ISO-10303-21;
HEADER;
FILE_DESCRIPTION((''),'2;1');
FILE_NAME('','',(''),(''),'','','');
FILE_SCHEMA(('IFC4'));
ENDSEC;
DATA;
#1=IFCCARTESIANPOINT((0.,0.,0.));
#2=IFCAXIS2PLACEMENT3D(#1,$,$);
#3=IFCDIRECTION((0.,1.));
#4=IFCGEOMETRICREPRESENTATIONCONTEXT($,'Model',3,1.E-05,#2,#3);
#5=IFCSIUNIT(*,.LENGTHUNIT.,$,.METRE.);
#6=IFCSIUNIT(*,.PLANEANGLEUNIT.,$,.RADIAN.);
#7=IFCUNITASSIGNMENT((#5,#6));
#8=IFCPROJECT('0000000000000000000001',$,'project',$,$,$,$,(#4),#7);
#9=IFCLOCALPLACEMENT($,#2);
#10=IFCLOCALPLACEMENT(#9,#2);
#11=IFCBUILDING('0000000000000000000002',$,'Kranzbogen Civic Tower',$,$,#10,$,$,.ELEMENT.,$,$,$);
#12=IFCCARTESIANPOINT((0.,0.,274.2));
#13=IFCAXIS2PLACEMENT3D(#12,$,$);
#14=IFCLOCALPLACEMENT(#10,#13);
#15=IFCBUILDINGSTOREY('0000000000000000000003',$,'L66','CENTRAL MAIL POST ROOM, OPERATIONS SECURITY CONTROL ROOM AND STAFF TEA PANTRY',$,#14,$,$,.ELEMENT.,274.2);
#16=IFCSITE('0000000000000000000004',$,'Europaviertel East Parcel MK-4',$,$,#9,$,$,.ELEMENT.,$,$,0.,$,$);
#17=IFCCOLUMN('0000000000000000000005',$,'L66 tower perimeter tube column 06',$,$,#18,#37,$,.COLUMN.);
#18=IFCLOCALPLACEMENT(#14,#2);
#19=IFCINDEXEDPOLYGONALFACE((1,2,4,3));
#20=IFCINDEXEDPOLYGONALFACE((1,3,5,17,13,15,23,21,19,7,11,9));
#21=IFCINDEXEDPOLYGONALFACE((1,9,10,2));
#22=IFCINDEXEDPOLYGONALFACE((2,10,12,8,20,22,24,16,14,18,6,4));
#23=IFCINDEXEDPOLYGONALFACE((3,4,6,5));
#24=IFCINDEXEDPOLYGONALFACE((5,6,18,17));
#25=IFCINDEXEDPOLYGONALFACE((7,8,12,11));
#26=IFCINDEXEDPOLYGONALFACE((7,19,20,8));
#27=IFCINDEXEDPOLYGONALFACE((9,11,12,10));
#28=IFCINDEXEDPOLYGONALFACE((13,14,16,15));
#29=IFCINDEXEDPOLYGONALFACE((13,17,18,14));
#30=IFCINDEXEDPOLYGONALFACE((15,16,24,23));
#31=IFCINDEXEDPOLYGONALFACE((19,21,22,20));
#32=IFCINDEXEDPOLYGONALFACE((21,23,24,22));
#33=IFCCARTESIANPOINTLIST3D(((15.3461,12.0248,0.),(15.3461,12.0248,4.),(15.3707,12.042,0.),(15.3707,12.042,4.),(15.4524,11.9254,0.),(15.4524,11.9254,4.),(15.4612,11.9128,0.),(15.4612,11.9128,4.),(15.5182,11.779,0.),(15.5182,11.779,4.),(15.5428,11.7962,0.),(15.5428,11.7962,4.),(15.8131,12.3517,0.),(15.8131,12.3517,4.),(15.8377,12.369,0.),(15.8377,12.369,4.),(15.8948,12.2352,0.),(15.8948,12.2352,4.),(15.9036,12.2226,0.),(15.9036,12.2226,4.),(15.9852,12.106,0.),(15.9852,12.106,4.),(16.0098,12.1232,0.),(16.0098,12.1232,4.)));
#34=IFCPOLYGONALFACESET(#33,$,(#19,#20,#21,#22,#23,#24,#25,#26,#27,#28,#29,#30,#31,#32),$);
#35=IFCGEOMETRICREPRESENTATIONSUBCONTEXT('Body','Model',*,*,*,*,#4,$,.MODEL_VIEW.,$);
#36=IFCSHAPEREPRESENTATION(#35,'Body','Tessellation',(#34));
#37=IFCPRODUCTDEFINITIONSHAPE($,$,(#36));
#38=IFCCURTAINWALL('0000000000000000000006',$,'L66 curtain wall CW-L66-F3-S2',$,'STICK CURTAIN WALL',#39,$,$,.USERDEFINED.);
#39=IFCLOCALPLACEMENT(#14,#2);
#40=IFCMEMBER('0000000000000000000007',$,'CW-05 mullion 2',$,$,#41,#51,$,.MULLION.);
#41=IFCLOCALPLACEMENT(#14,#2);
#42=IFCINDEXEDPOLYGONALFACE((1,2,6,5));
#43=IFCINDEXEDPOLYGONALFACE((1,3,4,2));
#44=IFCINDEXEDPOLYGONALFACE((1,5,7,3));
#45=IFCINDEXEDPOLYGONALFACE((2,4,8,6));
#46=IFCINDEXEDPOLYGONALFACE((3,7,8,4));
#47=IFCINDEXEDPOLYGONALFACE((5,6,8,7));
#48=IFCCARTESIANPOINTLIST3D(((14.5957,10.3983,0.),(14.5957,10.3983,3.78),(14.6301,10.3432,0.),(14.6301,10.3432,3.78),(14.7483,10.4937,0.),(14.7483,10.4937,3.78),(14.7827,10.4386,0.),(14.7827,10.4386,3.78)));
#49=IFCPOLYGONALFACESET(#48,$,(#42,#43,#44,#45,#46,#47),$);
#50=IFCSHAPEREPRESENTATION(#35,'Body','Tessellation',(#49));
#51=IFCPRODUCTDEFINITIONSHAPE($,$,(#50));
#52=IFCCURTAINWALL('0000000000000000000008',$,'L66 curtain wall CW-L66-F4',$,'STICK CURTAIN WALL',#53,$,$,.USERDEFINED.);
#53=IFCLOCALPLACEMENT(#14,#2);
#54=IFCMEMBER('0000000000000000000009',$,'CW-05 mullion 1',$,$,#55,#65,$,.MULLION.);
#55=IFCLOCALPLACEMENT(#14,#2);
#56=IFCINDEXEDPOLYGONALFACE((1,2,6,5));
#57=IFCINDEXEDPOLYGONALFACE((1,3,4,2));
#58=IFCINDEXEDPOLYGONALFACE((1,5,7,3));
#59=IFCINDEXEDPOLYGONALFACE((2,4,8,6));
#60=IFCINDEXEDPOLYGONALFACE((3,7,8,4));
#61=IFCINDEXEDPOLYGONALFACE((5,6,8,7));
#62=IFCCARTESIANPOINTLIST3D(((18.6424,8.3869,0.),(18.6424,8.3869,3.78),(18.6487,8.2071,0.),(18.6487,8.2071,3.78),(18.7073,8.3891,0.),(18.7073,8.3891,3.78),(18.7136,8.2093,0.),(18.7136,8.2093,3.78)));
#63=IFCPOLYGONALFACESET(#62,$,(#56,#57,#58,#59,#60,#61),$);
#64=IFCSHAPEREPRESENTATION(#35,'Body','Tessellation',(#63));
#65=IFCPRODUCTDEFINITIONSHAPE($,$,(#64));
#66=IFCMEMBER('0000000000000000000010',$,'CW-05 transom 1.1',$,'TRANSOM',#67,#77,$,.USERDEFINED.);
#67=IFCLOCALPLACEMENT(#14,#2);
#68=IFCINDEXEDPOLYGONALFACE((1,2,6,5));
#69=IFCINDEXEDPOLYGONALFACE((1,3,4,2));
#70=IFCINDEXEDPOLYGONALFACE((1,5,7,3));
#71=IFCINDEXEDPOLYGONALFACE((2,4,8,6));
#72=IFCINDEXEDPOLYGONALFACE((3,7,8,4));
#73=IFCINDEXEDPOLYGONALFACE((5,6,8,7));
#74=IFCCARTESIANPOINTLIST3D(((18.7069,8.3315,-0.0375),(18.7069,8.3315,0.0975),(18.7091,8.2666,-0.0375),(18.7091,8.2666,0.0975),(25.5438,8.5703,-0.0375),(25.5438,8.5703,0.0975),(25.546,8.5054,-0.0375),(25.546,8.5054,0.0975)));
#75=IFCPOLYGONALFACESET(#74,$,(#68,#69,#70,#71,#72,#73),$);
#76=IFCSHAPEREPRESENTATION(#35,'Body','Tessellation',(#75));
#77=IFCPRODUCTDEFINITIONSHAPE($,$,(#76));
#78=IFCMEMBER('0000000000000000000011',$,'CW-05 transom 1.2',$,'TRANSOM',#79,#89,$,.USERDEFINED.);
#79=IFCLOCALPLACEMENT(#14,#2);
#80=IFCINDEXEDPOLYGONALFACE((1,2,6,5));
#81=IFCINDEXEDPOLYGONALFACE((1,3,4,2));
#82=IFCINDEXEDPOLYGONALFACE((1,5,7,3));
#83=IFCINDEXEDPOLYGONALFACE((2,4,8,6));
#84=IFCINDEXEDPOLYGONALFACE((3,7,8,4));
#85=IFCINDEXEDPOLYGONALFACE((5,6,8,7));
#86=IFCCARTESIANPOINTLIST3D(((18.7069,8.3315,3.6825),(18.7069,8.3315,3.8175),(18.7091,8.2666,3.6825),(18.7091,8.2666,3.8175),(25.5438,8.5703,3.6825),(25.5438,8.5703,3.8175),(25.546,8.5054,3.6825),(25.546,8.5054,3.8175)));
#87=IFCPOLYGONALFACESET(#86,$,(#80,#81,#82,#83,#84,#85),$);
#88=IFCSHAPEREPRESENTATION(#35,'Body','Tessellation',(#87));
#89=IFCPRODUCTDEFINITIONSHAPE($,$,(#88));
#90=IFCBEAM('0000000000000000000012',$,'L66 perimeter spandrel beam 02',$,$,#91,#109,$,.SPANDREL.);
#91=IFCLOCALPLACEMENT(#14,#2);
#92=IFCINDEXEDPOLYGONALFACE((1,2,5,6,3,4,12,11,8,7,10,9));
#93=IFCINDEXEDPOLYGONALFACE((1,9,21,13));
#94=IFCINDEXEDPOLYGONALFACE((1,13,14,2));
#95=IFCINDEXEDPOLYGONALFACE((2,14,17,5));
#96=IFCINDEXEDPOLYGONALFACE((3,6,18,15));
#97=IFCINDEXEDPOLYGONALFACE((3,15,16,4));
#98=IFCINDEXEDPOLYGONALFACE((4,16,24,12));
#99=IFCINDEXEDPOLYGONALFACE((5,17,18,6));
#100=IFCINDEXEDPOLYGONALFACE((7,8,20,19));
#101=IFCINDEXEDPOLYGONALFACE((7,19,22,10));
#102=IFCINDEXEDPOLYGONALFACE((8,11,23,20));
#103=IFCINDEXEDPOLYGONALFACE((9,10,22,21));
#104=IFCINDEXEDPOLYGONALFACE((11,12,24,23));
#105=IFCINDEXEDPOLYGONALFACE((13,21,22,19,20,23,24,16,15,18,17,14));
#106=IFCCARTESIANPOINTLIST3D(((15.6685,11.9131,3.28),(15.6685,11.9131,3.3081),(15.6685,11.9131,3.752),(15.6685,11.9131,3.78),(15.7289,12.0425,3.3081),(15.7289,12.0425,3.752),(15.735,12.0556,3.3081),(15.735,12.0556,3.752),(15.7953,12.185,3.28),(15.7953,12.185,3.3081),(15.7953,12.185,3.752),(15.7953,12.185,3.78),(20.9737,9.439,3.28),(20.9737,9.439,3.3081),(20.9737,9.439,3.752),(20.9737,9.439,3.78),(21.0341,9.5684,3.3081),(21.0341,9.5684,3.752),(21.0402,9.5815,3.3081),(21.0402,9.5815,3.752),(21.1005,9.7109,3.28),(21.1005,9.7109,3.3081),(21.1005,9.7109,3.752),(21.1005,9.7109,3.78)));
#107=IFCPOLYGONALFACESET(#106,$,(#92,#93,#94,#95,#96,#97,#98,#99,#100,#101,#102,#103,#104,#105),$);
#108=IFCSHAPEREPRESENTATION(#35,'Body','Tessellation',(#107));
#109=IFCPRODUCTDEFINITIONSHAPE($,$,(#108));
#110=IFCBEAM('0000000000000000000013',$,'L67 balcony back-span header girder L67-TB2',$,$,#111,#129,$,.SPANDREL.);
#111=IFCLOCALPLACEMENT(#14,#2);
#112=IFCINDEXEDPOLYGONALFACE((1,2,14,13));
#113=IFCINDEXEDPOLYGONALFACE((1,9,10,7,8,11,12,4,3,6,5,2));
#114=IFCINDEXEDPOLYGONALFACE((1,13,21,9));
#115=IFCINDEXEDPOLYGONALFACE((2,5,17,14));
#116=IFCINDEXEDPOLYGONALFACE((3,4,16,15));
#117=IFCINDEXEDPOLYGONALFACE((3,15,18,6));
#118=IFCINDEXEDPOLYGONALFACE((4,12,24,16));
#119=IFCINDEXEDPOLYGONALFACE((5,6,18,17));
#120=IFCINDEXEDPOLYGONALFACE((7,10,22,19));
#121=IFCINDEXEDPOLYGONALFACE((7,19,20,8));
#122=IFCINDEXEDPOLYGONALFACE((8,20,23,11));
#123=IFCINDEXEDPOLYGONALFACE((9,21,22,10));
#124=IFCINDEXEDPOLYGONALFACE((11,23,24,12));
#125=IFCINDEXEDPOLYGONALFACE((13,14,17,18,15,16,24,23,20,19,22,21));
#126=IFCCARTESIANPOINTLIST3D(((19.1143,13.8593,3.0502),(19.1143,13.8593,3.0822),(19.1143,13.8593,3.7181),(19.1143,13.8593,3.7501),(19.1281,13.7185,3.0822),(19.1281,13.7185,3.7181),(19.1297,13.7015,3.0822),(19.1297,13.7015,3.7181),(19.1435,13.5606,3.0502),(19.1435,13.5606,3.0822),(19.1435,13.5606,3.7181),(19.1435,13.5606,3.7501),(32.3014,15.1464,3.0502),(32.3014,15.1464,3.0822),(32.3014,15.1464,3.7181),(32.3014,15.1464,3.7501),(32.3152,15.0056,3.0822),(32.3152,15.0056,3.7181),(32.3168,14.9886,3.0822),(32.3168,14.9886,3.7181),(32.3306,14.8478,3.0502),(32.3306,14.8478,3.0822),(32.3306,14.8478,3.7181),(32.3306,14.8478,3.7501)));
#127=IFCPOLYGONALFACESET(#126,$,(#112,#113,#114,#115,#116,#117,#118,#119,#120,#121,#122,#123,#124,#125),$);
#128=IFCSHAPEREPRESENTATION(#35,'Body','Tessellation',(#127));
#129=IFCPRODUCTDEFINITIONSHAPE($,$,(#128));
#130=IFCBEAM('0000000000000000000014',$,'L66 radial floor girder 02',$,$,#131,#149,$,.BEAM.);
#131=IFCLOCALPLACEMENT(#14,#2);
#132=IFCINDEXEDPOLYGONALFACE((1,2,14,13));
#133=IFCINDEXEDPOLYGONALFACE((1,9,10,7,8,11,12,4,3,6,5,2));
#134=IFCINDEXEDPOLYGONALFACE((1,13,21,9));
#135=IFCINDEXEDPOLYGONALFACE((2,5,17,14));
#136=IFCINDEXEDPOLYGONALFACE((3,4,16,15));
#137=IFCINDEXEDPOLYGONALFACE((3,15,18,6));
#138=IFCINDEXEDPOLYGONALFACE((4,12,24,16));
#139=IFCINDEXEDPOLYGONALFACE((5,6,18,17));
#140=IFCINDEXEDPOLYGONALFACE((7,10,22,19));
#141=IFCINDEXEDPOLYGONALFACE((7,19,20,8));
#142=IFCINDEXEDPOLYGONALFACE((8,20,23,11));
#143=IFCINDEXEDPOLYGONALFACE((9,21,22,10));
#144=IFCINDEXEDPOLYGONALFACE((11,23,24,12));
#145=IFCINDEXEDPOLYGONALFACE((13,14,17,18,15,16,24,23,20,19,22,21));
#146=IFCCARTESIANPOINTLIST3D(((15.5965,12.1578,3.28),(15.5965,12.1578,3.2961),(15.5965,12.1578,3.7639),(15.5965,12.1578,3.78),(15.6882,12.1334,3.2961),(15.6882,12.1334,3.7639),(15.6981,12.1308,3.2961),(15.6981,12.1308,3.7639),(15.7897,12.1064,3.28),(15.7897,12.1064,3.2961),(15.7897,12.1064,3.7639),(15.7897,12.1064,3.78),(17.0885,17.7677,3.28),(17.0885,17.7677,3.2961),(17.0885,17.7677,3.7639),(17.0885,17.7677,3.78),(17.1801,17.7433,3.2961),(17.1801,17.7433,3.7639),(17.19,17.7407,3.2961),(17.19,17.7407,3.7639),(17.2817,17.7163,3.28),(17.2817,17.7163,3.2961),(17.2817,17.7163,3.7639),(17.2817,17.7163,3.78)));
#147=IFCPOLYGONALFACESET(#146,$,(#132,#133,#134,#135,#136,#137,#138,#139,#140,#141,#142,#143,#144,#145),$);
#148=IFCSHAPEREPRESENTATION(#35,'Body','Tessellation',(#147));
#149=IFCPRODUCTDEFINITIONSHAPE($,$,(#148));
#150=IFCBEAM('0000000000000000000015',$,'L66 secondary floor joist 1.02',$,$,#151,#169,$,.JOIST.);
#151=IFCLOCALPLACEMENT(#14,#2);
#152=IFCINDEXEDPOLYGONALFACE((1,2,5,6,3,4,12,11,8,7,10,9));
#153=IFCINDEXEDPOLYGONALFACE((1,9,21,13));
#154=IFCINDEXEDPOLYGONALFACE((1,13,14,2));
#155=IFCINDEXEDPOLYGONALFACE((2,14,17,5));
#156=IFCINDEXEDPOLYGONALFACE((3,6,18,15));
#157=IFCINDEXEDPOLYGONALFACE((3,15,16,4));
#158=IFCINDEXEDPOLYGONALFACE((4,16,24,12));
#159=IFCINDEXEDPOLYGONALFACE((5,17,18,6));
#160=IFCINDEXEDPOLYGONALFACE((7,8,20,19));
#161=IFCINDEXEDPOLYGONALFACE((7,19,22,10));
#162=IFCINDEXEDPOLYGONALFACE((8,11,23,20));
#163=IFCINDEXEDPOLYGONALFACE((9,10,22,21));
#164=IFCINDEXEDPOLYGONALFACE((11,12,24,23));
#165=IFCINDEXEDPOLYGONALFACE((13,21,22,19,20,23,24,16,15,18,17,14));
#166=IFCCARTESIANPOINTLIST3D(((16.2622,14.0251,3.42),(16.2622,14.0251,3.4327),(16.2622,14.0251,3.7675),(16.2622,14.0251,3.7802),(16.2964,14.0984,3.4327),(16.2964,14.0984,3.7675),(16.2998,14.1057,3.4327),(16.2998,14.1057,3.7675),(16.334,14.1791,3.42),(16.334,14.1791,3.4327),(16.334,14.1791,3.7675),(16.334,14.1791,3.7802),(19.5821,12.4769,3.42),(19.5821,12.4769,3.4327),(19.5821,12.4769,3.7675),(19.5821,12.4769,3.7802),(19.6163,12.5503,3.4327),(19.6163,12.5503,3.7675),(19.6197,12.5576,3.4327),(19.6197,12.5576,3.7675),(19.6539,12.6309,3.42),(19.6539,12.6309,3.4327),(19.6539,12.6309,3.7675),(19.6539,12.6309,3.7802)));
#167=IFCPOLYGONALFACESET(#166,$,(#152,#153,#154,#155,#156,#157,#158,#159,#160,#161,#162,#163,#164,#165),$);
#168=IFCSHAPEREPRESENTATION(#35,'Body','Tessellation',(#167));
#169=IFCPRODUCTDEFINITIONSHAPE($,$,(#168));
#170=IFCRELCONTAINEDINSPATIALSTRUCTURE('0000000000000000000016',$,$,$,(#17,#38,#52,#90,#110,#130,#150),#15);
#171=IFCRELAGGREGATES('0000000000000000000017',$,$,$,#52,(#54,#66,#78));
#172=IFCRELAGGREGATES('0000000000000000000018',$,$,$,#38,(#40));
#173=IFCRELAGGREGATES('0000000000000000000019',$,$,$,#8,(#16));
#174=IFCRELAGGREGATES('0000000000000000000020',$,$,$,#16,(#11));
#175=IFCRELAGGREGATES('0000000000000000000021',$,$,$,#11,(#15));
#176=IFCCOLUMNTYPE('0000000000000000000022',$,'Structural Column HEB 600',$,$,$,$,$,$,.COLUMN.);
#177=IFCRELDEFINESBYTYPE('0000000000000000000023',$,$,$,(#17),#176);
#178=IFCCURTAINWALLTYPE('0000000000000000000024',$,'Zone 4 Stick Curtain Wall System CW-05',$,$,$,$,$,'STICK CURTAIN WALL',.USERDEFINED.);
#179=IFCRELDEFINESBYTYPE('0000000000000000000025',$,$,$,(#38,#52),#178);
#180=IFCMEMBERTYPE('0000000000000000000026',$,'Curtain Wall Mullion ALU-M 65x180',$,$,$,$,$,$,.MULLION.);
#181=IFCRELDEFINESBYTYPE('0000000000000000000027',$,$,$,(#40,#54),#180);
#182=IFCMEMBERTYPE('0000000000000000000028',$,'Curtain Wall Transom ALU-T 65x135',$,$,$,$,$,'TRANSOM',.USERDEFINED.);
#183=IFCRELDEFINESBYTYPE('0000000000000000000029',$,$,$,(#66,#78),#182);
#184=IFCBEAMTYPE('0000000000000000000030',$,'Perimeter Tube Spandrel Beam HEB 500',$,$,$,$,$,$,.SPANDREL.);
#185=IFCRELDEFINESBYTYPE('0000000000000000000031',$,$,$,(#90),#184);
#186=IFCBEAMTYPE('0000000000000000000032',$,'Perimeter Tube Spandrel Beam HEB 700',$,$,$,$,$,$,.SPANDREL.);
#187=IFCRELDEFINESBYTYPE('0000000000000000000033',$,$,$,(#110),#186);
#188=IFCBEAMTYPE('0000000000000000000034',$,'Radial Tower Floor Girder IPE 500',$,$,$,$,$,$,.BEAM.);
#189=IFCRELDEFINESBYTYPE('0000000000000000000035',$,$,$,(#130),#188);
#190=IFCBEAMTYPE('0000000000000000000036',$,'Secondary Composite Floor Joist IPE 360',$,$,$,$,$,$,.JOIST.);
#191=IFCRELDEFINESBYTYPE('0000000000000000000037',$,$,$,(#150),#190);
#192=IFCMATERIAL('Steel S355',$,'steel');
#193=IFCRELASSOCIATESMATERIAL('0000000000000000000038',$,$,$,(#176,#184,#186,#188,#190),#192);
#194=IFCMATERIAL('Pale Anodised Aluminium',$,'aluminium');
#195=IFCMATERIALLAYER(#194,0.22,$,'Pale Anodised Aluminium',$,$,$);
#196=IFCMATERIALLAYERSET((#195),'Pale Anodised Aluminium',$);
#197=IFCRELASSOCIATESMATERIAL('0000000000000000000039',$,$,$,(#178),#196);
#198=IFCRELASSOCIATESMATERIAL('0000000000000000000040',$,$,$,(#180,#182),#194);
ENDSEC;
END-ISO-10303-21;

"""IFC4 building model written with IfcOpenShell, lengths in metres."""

from ifc_helpers import new_model, si_unit, direction, frame, origin, origin_2d, place, context, subcontext, project, spatial, rectangle, i_section, extrude, material, layer, layer_set, material_profile, profile_set, type_object, element, aggregate, save


model = new_model("IFC4")

# Units and contexts
model_context = context("Model", 3, precision=1e-05, world=origin(), true_north=direction((0.0, 1.0)))
body_context = subcontext(model_context, "Body", "Model", "MODEL_VIEW")
ifc_project = project(units=[si_unit("LENGTHUNIT", "METRE"), si_unit("PLANEANGLEUNIT", "RADIAN")], contexts=[model_context])

# Site, building, storey
site_placement = place(None, origin())
site = spatial("IfcSite", under=ifc_project, at=site_placement, Name="Europaviertel East Parcel MK-4", CompositionType="ELEMENT", RefElevation=0.0)
building_placement = place(site_placement, origin())
building = spatial("IfcBuilding", under=site, at=building_placement, Name="Kranzbogen Civic Tower", CompositionType="ELEMENT")
storey_placement = place(building_placement, frame((0.0, 0.0, 274.2)))
storey = spatial("IfcBuildingStorey", under=building, at=storey_placement, Name="L66", Description="CENTRAL MAIL POST ROOM, OPERATIONS SECURITY CONTROL ROOM AND STAFF TEA PANTRY", CompositionType="ELEMENT", Elevation=274.2)

# Column
ifc_material_1 = material(Name="Steel S355", Category="steel")
ifc_material_profile_1 = material_profile(ifc_material_1, i_section(OverallWidth=0.3, OverallDepth=0.6001, WebThickness=0.0154, FlangeThickness=0.03, at=origin_2d()), Name="HEB 600")
ifc_profile_set_1 = profile_set([ifc_material_profile_1], Name="Steel S355")
column_type = type_object("IfcColumnType", Name="Structural Column HEB 600", PredefinedType="COLUMN", material=ifc_profile_set_1)
column_placement = place(storey_placement, frame((15.678, 12.074, 0.0), z_axis=(0.0, 0.0, 1.0), x_axis=(-0.573576, 0.819152, 0.0)))
element("IfcColumn", 1, at=column_placement, inside=storey, type_object=column_type, Name="L66 tower perimeter tube column 06", PredefinedType="COLUMN", context=body_context, shape_type="SweptSolid", body=[
    extrude(i_section(OverallWidth=0.3, OverallDepth=0.6001, WebThickness=0.0154, FlangeThickness=0.03, at=origin_2d()), origin(), (0.0, 0.0, 1.0), 4.0),
])

# Curtain wall, member
ifc_material_2 = material(Name="Pale Anodised Aluminium", Category="aluminium")
ifc_layer_1 = layer(ifc_material_2, 0.22, Name="Pale Anodised Aluminium")
ifc_layer_set_1 = layer_set([ifc_layer_1], Name="Pale Anodised Aluminium")
curtain_wall_type = type_object("IfcCurtainWallType", Name="Zone 4 Stick Curtain Wall System CW-05", ElementType="STICK CURTAIN WALL", PredefinedType="USERDEFINED", material=ifc_layer_set_1)
curtain_wall_1_placement = place(storey_placement, origin())
curtain_wall_1 = element("IfcCurtainWall", 2, at=curtain_wall_1_placement, inside=storey, type_object=curtain_wall_type, Name="L66 curtain wall CW-L66-F3-S2", ObjectType="STICK CURTAIN WALL", PredefinedType="USERDEFINED")
ifc_material_profile_2 = material_profile(ifc_material_2, rectangle(XDim=0.0649, YDim=0.1799, at=origin_2d()), Name="ALU-M 65x180")
ifc_profile_set_2 = profile_set([ifc_material_profile_2], Name="Pale Anodised Aluminium")
member_type_1 = type_object("IfcMemberType", Name="Curtain Wall Mullion ALU-M 65x180", PredefinedType="MULLION", material=ifc_profile_set_2)
member_1_placement = place(storey_placement, frame((14.6892, 10.4185, 0.0), z_axis=(0.0, 0.0, 1.0), x_axis=(0.529983, -0.848008, 0.0)))
member_1 = element("IfcMember", 3, at=member_1_placement, type_object=member_type_1, Name="CW-05 mullion 2", PredefinedType="MULLION", context=body_context, shape_type="SweptSolid", body=[
    extrude(rectangle(XDim=0.0649, YDim=0.1799, at=origin_2d()), origin(), (0.0, 0.0, 1.0), 3.78),
])

# Curtain wall, members
curtain_wall_2_placement = place(storey_placement, origin())
curtain_wall_2 = element("IfcCurtainWall", 4, at=curtain_wall_2_placement, inside=storey, type_object=curtain_wall_type, Name="L66 curtain wall CW-L66-F4", ObjectType="STICK CURTAIN WALL", PredefinedType="USERDEFINED")
member_2_placement = place(storey_placement, frame((18.678, 8.2981, 0.0), z_axis=(0.0, 0.0, 1.0), x_axis=(0.99939, 0.034914, 0.0)))
member_2 = element("IfcMember", 5, at=member_2_placement, type_object=member_type_1, Name="CW-05 mullion 1", PredefinedType="MULLION", context=body_context, shape_type="SweptSolid", body=[
    extrude(rectangle(XDim=0.0649, YDim=0.1799, at=origin_2d()), origin(), (0.0, 0.0, 1.0), 3.78),
])
ifc_material_profile_3 = material_profile(ifc_material_2, rectangle(XDim=0.0649, YDim=0.135, at=origin_2d()), Name="ALU-T 65x135")
ifc_profile_set_3 = profile_set([ifc_material_profile_3], Name="Pale Anodised Aluminium")
member_type_2 = type_object("IfcMemberType", Name="Curtain Wall Transom ALU-T 65x135", ElementType="TRANSOM", PredefinedType="USERDEFINED", material=ifc_profile_set_3)
member_3_placement = place(storey_placement, frame((18.708, 8.2991, 0.03), z_axis=(0.999391, 0.034902, 0.0), x_axis=(-0.034902, 0.999391, 0.0)))
member_3 = element("IfcMember", 6, at=member_3_placement, type_object=member_type_2, Name="CW-05 transom 1.1", ObjectType="TRANSOM", PredefinedType="USERDEFINED", context=body_context, shape_type="SweptSolid", body=[
    extrude(rectangle(XDim=0.0649, YDim=0.135, at=origin_2d()), origin(), (0.0, 0.0, 1.0), 6.8411),
])
member_4_placement = place(storey_placement, frame((18.708, 8.2991, 3.75), z_axis=(0.999391, 0.034902, 0.0), x_axis=(-0.034902, 0.999391, 0.0)))
member_4 = element("IfcMember", 7, at=member_4_placement, type_object=member_type_2, Name="CW-05 transom 1.2", ObjectType="TRANSOM", PredefinedType="USERDEFINED", context=body_context, shape_type="SweptSolid", body=[
    extrude(rectangle(XDim=0.0649, YDim=0.135, at=origin_2d()), origin(), (0.0, 0.0, 1.0), 6.8411),
])
aggregate(curtain_wall_2, [member_2, member_3, member_4])

# Beams
ifc_material_profile_4 = material_profile(ifc_material_1, i_section(OverallWidth=0.3, OverallDepth=0.5, WebThickness=0.0144, FlangeThickness=0.0281, at=origin_2d()), Name="HEB 500")
ifc_profile_set_4 = profile_set([ifc_material_profile_4], Name="Steel S355")
beam_type_1 = type_object("IfcBeamType", Name="Perimeter Tube Spandrel Beam HEB 500", PredefinedType="SPANDREL", material=ifc_profile_set_4)
beam_1_placement = place(storey_placement, frame((15.7319, 12.0491, 3.53), z_axis=(0.90629, -0.422657, 0.0), x_axis=(0.422657, 0.90629, 0.0)))
element("IfcBeam", 8, at=beam_1_placement, inside=storey, type_object=beam_type_1, Name="L66 perimeter spandrel beam 02", PredefinedType="SPANDREL", context=body_context, shape_type="SweptSolid", body=[
    extrude(i_section(OverallWidth=0.3, OverallDepth=0.5, WebThickness=0.0144, FlangeThickness=0.0281, at=origin_2d()), origin(), (0.0, 0.0, 1.0), 5.8538),
])
ifc_material_profile_5 = material_profile(ifc_material_1, i_section(OverallWidth=0.3, OverallDepth=0.7, WebThickness=0.0171, FlangeThickness=0.032, at=origin_2d()), Name="HEB 700")
ifc_profile_set_5 = profile_set([ifc_material_profile_5], Name="Steel S355")
beam_type_2 = type_object("IfcBeamType", Name="Perimeter Tube Spandrel Beam HEB 700", PredefinedType="SPANDREL", material=ifc_profile_set_5)
beam_2_placement = place(storey_placement, frame((19.1289, 13.71, 3.4001), z_axis=(0.99527, 0.097143, 0.0), x_axis=(-0.097143, 0.99527, 0.0)))
element("IfcBeam", 9, at=beam_2_placement, inside=storey, type_object=beam_type_2, Name="L67 balcony back-span header girder L67-TB2", PredefinedType="SPANDREL", context=body_context, shape_type="SweptSolid", body=[
    extrude(i_section(OverallWidth=0.3, OverallDepth=0.7, WebThickness=0.0171, FlangeThickness=0.032, at=origin_2d()), origin(), (0.0, 0.0, 1.0), 13.2498),
])
ifc_material_profile_6 = material_profile(ifc_material_1, i_section(OverallWidth=0.2, OverallDepth=0.5, WebThickness=0.0103, FlangeThickness=0.0161, at=origin_2d()), Name="IPE 500")
ifc_profile_set_6 = profile_set([ifc_material_profile_6], Name="Steel S355")
beam_type_3 = type_object("IfcBeamType", Name="Radial Tower Floor Girder IPE 500", PredefinedType="BEAM", material=ifc_profile_set_6)
beam_3_placement = place(storey_placement, frame((15.6931, 12.1321, 3.53), z_axis=(0.257016, 0.966407, 0.0), x_axis=(-0.966407, 0.257016, 0.0)))
element("IfcBeam", 10, at=beam_3_placement, inside=storey, type_object=beam_type_3, Name="L66 radial floor girder 02", PredefinedType="BEAM", context=body_context, shape_type="SweptSolid", body=[
    extrude(i_section(OverallWidth=0.2, OverallDepth=0.5, WebThickness=0.0103, FlangeThickness=0.0161, at=origin_2d()), origin(), (0.0, 0.0, 1.0), 5.8049),
])
ifc_material_profile_7 = material_profile(ifc_material_1, i_section(OverallWidth=0.1699, OverallDepth=0.3601, WebThickness=0.0081, FlangeThickness=0.0127, at=origin_2d()), Name="IPE 360")
ifc_profile_set_7 = profile_set([ifc_material_profile_7], Name="Steel S355")
beam_type_4 = type_object("IfcBeamType", Name="Secondary Composite Floor Joist IPE 360", PredefinedType="JOIST", material=ifc_profile_set_7)
beam_4_placement = place(storey_placement, frame((16.2981, 14.1021, 3.6001), z_axis=(0.906304, -0.422626, 0.0), x_axis=(0.422626, 0.906304, 0.0)))
element("IfcBeam", 11, at=beam_4_placement, inside=storey, type_object=beam_type_4, Name="L66 secondary floor joist 1.02", PredefinedType="JOIST", context=body_context, shape_type="SweptSolid", body=[
    extrude(i_section(OverallWidth=0.1699, OverallDepth=0.3601, WebThickness=0.0081, FlangeThickness=0.0127, at=origin_2d()), origin(), (0.0, 0.0, 1.0), 3.6631),
])

aggregate(curtain_wall_1, [member_1])

save(model, "model.ifc")
